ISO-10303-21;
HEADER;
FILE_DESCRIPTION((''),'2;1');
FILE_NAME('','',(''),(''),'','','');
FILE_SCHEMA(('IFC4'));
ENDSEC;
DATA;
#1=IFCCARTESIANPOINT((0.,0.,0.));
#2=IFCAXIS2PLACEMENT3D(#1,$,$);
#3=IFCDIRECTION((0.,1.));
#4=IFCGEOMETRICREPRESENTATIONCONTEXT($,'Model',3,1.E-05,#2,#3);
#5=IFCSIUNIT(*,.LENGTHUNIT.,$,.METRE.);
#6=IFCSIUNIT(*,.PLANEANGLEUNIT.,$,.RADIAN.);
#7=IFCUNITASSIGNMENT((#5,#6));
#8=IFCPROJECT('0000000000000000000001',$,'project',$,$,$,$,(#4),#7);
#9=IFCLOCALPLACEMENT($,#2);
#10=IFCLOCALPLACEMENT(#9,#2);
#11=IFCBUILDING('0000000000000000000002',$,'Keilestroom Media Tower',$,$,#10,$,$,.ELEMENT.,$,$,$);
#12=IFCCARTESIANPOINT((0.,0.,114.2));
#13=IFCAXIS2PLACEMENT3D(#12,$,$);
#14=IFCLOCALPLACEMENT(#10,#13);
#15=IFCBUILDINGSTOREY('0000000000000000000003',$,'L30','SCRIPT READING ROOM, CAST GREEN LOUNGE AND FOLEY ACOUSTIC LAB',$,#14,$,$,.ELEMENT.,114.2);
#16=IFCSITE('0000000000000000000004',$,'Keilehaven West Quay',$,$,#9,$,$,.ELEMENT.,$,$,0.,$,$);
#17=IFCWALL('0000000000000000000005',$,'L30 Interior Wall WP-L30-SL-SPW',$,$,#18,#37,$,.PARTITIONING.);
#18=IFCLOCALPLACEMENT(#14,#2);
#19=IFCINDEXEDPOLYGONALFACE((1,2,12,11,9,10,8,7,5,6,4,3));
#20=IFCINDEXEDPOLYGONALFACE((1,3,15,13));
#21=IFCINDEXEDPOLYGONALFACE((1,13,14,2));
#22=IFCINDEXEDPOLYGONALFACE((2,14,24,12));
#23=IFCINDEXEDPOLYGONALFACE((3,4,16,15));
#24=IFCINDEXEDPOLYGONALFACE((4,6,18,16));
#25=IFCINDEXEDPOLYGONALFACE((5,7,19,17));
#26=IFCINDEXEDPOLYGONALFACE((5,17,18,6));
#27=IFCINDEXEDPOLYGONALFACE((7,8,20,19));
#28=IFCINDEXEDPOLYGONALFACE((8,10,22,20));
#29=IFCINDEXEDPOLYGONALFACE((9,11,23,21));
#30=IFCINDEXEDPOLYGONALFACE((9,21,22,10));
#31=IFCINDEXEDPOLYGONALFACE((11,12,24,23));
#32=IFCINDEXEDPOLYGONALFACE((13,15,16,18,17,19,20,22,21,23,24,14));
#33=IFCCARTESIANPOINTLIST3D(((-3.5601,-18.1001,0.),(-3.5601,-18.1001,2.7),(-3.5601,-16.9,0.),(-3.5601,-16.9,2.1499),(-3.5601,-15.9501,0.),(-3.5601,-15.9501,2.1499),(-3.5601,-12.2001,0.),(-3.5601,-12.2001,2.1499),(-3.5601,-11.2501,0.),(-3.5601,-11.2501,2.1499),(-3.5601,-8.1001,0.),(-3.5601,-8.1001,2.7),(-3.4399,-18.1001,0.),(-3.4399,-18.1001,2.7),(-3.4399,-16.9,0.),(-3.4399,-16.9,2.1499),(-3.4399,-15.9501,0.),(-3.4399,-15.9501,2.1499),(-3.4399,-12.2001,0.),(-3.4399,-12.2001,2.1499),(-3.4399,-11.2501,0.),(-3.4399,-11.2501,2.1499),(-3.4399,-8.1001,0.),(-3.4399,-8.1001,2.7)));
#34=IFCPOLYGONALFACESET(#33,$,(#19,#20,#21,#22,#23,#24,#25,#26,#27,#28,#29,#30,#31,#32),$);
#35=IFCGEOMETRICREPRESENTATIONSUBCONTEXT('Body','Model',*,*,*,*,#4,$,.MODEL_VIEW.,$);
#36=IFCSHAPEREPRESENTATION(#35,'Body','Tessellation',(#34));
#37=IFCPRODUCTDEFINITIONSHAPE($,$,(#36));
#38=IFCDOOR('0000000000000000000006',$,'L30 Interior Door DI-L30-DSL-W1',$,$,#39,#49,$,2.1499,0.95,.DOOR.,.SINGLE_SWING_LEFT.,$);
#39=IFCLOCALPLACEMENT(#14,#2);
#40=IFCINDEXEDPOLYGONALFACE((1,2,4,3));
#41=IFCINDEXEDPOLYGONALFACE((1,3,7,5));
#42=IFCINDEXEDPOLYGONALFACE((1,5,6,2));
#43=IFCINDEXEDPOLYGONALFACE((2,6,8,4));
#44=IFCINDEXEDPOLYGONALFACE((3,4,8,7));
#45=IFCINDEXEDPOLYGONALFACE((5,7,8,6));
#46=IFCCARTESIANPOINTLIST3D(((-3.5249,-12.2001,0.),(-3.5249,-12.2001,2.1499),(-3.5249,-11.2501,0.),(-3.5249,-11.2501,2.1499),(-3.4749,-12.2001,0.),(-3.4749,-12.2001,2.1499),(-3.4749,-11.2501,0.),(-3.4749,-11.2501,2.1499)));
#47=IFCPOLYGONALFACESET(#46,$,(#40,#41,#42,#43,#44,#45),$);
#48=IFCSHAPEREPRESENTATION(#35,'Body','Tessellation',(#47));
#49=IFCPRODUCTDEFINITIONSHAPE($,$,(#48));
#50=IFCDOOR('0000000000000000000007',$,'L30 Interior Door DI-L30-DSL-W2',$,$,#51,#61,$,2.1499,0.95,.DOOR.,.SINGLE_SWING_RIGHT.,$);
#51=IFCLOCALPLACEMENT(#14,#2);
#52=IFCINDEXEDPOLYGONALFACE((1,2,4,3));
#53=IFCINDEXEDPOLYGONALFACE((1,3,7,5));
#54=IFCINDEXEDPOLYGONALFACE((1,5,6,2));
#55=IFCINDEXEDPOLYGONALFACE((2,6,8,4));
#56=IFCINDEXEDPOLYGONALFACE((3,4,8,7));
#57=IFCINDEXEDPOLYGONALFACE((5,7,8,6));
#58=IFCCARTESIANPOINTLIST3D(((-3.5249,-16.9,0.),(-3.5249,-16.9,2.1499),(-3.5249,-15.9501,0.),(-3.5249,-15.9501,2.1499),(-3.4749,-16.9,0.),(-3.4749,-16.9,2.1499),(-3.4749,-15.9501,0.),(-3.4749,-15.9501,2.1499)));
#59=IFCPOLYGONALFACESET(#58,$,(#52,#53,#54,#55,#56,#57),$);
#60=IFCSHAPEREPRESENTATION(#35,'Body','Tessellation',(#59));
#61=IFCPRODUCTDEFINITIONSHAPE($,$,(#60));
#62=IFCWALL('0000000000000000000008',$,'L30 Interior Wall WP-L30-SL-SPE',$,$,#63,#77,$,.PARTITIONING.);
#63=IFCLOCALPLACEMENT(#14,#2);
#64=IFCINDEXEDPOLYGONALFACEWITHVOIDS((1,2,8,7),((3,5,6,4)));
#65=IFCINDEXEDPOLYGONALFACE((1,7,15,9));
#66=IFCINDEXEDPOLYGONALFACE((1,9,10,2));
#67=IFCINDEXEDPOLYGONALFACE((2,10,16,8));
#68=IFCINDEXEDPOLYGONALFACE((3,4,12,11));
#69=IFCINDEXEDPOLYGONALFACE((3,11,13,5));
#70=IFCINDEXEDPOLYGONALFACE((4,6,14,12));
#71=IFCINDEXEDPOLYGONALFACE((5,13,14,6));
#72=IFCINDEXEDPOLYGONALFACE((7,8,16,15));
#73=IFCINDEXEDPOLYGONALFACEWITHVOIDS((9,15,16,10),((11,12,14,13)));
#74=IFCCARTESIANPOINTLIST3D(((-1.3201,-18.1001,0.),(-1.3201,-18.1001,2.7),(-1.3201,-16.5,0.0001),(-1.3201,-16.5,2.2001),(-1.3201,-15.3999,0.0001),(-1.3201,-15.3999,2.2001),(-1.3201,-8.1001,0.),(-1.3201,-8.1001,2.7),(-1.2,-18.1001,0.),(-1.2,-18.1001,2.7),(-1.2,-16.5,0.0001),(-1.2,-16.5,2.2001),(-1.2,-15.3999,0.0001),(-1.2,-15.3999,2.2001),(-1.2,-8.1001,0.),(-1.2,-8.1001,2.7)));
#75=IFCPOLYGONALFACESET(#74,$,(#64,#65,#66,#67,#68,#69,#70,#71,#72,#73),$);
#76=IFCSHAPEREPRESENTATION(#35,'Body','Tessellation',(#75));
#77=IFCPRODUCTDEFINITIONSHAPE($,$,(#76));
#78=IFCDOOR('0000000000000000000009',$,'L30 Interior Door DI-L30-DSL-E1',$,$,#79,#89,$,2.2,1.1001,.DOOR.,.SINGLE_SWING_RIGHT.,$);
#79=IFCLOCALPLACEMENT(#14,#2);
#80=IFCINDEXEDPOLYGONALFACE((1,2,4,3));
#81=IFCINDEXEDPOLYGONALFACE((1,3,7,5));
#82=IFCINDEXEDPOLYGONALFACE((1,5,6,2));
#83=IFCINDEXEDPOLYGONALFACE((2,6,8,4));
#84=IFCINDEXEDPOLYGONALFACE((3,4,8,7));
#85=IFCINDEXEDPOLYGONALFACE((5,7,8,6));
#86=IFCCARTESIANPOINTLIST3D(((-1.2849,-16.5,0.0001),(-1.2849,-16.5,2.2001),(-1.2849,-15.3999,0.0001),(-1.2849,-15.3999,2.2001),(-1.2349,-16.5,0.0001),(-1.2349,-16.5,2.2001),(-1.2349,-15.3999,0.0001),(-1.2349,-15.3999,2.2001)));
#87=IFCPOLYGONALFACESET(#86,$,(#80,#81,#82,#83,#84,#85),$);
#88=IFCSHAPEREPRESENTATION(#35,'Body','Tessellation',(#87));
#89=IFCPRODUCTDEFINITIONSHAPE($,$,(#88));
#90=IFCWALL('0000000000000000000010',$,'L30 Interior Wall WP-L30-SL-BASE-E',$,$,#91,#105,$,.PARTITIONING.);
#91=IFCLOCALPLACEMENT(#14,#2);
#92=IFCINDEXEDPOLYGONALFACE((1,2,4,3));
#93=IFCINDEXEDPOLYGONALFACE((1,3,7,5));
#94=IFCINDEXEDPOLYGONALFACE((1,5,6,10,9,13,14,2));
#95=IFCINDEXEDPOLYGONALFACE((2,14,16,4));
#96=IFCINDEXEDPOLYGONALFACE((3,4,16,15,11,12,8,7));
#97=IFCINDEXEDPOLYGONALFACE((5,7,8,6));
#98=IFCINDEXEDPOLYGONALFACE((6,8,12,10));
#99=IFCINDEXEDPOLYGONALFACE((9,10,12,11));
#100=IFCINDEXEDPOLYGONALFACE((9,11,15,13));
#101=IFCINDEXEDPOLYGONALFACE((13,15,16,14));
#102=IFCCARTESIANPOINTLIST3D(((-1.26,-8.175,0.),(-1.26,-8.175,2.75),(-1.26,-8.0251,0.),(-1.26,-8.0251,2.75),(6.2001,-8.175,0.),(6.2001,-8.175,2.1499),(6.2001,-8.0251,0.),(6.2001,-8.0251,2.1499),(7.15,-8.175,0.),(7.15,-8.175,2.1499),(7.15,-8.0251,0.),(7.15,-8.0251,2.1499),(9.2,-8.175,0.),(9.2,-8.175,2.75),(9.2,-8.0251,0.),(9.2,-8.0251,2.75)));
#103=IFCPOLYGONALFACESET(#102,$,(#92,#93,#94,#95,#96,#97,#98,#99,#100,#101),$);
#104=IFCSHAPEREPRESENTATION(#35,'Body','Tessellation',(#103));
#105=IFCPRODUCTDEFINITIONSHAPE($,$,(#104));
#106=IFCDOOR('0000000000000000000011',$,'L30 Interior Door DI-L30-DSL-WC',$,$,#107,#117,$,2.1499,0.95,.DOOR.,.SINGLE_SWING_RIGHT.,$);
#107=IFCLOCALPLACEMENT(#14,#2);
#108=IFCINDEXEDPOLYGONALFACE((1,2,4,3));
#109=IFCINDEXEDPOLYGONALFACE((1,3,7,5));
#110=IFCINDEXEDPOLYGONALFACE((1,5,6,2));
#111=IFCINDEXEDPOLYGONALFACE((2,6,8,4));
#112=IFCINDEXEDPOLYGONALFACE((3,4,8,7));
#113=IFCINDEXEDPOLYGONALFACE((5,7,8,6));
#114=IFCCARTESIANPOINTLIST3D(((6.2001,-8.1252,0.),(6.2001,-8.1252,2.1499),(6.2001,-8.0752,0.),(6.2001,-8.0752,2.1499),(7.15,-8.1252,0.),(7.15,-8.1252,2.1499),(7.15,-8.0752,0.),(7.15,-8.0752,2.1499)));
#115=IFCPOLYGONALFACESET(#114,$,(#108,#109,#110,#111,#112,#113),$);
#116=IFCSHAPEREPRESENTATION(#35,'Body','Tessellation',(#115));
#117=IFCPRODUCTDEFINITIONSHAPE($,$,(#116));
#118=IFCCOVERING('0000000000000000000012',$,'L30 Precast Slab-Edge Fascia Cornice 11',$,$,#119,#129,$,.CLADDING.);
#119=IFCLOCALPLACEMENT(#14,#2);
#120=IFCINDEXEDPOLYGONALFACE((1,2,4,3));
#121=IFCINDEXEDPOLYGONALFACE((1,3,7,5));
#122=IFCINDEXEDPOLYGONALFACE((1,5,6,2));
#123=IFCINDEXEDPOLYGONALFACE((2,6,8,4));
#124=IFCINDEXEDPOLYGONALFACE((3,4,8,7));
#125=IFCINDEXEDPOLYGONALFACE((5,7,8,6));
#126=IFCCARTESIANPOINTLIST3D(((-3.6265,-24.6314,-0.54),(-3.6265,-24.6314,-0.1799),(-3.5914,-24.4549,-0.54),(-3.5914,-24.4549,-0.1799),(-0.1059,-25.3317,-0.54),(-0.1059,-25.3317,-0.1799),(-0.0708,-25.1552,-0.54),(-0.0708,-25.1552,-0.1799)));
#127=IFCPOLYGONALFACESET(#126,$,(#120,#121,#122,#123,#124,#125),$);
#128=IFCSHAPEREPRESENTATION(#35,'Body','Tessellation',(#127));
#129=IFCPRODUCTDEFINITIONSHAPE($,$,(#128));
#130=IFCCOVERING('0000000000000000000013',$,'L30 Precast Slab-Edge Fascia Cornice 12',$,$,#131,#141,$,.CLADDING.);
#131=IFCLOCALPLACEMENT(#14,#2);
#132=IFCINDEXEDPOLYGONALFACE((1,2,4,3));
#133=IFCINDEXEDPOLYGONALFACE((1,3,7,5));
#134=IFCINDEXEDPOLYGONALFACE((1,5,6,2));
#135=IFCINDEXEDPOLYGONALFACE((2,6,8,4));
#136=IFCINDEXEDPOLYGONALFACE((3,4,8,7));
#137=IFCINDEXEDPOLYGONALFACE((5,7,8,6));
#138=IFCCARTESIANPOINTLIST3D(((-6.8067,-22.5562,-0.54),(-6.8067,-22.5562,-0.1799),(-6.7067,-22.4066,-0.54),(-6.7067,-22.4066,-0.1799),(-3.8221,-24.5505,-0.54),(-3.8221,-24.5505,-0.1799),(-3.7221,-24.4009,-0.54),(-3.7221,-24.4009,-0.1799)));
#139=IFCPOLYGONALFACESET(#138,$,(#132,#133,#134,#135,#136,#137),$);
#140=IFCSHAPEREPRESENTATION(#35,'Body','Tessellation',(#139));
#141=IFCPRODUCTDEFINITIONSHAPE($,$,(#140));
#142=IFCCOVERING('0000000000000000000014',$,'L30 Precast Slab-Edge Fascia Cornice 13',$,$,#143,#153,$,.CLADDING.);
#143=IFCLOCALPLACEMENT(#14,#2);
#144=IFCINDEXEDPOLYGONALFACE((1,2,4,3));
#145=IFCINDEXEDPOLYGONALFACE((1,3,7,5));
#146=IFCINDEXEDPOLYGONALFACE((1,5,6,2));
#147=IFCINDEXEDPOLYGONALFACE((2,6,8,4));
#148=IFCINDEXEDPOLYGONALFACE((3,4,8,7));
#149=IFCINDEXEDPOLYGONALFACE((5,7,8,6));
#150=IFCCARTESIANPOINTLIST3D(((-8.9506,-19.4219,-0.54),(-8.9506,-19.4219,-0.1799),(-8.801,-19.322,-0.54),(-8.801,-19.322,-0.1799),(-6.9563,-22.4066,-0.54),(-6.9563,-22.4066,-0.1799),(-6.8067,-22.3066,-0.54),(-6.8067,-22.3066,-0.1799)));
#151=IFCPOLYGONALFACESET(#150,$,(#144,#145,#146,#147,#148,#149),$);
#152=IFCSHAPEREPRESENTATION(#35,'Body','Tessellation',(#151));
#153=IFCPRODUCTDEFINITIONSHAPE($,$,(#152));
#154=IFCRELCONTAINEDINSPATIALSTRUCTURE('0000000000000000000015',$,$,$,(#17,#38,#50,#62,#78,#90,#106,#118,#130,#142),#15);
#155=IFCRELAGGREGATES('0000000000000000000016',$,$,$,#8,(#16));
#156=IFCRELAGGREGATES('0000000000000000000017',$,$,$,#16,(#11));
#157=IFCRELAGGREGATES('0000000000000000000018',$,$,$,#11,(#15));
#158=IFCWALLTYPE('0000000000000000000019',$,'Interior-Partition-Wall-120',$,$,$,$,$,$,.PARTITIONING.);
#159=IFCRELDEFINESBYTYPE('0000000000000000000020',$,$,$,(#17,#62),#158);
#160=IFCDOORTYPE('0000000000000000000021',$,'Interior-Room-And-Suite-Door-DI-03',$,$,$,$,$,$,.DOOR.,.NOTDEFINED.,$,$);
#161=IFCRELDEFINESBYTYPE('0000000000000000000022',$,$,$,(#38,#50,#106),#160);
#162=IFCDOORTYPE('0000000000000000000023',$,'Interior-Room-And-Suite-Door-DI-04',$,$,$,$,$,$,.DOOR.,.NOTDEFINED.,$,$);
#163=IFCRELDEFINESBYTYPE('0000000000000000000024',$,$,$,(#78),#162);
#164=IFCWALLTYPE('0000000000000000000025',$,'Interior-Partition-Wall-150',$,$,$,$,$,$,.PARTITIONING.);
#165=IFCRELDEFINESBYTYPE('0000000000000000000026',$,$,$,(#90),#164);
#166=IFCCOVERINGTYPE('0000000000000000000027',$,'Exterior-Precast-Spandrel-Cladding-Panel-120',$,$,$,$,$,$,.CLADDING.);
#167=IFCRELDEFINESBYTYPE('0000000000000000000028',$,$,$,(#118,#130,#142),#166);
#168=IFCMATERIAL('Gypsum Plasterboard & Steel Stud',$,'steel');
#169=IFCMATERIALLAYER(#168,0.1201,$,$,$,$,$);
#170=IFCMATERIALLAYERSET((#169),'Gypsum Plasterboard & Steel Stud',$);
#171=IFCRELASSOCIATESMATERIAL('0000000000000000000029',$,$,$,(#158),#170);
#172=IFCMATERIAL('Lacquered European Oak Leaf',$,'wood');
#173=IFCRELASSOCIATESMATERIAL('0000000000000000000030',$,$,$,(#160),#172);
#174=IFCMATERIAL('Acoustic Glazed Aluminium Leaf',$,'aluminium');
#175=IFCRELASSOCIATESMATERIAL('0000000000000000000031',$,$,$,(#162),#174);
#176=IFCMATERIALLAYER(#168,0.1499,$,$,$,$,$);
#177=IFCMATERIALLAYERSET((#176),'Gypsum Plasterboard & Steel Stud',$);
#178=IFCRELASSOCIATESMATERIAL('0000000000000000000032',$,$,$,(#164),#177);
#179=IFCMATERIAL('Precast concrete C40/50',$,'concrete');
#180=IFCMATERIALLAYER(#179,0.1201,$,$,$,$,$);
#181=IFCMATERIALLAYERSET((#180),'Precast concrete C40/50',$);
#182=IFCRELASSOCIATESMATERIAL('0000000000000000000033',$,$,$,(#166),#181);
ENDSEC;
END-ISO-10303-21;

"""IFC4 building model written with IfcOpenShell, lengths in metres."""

from ifc_helpers import new_model, si_unit, direction, frame, frame_2d, origin, origin_2d, place, context, subcontext, project, spatial, rectangle, extrude, source, transform, mapped, material, layer, layer_set, type_object, element, fill, save


model = new_model("IFC4")

# Units and contexts
model_context = context("Model", 3, precision=1e-05, world=origin(), true_north=direction((0.0, 1.0)))
body_context = subcontext(model_context, "Body", "Model", "MODEL_VIEW")
ifc_project = project(units=[si_unit("LENGTHUNIT", "METRE"), si_unit("PLANEANGLEUNIT", "RADIAN")], contexts=[model_context])

# Site, building, storey
site_placement = place(None, origin())
site = spatial("IfcSite", under=ifc_project, at=site_placement, Name="Keilehaven West Quay", CompositionType="ELEMENT", RefElevation=0.0)
building_placement = place(site_placement, origin())
building = spatial("IfcBuilding", under=site, at=building_placement, Name="Keilestroom Media Tower", CompositionType="ELEMENT")
storey_placement = place(building_placement, frame((0.0, 0.0, 114.2)))
storey = spatial("IfcBuildingStorey", under=building, at=storey_placement, Name="L30", Description="SCRIPT READING ROOM, CAST GREEN LOUNGE AND FOLEY ACOUSTIC LAB", CompositionType="ELEMENT", Elevation=114.2)

# Shared definitions
ifc_material_1 = material(Name="Precast concrete C40/50", Category="concrete")

# Wall, openings, doors
ifc_material_2 = material(Name="Gypsum Plasterboard & Steel Stud", Category="steel")
ifc_layer_1 = layer(ifc_material_2, 0.1201)
ifc_layer_set_1 = layer_set([ifc_layer_1], Name="Gypsum Plasterboard & Steel Stud")
wall_type_1 = type_object("IfcWallType", Name="Interior-Partition-Wall-120", PredefinedType="PARTITIONING", material=ifc_layer_set_1)
wall_1_placement = place(storey_placement, frame((-3.5, -18.1001, 0.0), z_axis=(0.0, 0.0, 1.0), x_axis=(0.0, 1.0, 0.0)))
wall_1 = element("IfcWall", 1, at=wall_1_placement, inside=storey, type_object=wall_type_1, Name="L30 Interior Wall WP-L30-SL-SPW", PredefinedType="PARTITIONING", context=body_context, shape_type="SweptSolid", body=[
    extrude(rectangle(XDim=10.0, YDim=0.1201, at=frame_2d((5.0, 0.0))), origin(), (0.0, 0.0, 1.0), 2.7),
])
opening_1_placement = place(wall_1_placement, frame((5.8999, 0.0, 0.0)))
opening_1 = element("IfcOpeningElement", 2, at=opening_1_placement, cuts=wall_1, PredefinedType="OPENING", context=body_context, shape_type="SweptSolid", body=[
    extrude(rectangle(XDim=0.95, YDim=2.1499, at=frame_2d((0.4751, 1.075))), frame((0.0, 0.0701, 0.0), z_axis=(0.0, -1.0, 0.0), x_axis=(1.0, 0.0, 0.0)), (0.0, 0.0, 1.0), 0.1401),
])
opening_2_placement = place(wall_1_placement, frame((1.2, 0.0, 0.0)))
opening_2 = element("IfcOpeningElement", 3, at=opening_2_placement, cuts=wall_1, PredefinedType="OPENING", context=body_context, shape_type="SweptSolid", body=[
    extrude(rectangle(XDim=0.95, YDim=2.1499, at=frame_2d((0.4751, 1.075))), frame((0.0, 0.0701, 0.0), z_axis=(0.0, -1.0, 0.0), x_axis=(1.0, 0.0, 0.0)), (0.0, 0.0, 1.0), 0.1401),
])
ifc_material_3 = material(Name="Lacquered European Oak Leaf", Category="wood")
door_type_1 = type_object("IfcDoorType", Name="Interior-Room-And-Suite-Door-DI-03", OperationType="NOTDEFINED", PredefinedType="DOOR", material=ifc_material_3)
shared_shape_1 = source(origin(), body_context, "Body", "SweptSolid", [
    extrude(rectangle(XDim=0.95, YDim=2.1499, at=frame_2d((0.4751, 1.075))), frame((0.0, 0.0249, 0.0), z_axis=(0.0, -1.0, 0.0), x_axis=(1.0, 0.0, 0.0)), (0.0, 0.0, 1.0), 0.05),
])
door_1_placement = place(opening_1_placement, origin())
door_1 = element("IfcDoor", 4, at=door_1_placement, inside=storey, type_object=door_type_1, Name="L30 Interior Door DI-L30-DSL-W1", OperationType="SINGLE_SWING_LEFT", OverallHeight=2.1499, OverallWidth=0.95, PredefinedType="DOOR", context=body_context, shape_type="MappedRepresentation", body=[
    mapped(shared_shape_1, transform((0.0, 0.0, 0.0), x_axis=(1.0, 0.0, 0.0), y_axis=(0.0, 1.0, 0.0), z_axis=(0.0, 0.0, 1.0), scale=1.0)),
])
fill(opening_1, door_1)
door_2_placement = place(opening_2_placement, origin())
door_2 = element("IfcDoor", 5, at=door_2_placement, inside=storey, type_object=door_type_1, Name="L30 Interior Door DI-L30-DSL-W2", OperationType="SINGLE_SWING_RIGHT", OverallHeight=2.1499, OverallWidth=0.95, PredefinedType="DOOR", context=body_context, shape_type="MappedRepresentation", body=[
    mapped(shared_shape_1, transform((0.0, 0.0, 0.0), x_axis=(1.0, 0.0, 0.0), y_axis=(0.0, 1.0, 0.0), z_axis=(0.0, 0.0, 1.0), scale=1.0)),
])
fill(opening_2, door_2)

# Walls, openings, doors
wall_2_placement = place(storey_placement, frame((-1.26, -18.1001, 0.0), z_axis=(0.0, 0.0, 1.0), x_axis=(0.0, 1.0, 0.0)))
wall_2 = element("IfcWall", 6, at=wall_2_placement, inside=storey, type_object=wall_type_1, Name="L30 Interior Wall WP-L30-SL-SPE", PredefinedType="PARTITIONING", context=body_context, shape_type="SweptSolid", body=[
    extrude(rectangle(XDim=10.0, YDim=0.1201, at=frame_2d((5.0, 0.0))), origin(), (0.0, 0.0, 1.0), 2.7),
])
opening_3_placement = place(wall_2_placement, frame((1.6001, 0.0, 0.0)))
opening_3 = element("IfcOpeningElement", 7, at=opening_3_placement, cuts=wall_2, PredefinedType="OPENING", context=body_context, shape_type="SweptSolid", body=[
    extrude(rectangle(XDim=1.1001, YDim=2.2, at=frame_2d((0.55, 1.1001))), frame((0.0, 0.0701, 0.0), z_axis=(0.0, -1.0, 0.0), x_axis=(1.0, 0.0, 0.0)), (0.0, 0.0, 1.0), 0.1401),
])
ifc_material_4 = material(Name="Acoustic Glazed Aluminium Leaf", Category="aluminium")
door_type_2 = type_object("IfcDoorType", Name="Interior-Room-And-Suite-Door-DI-04", OperationType="NOTDEFINED", PredefinedType="DOOR", material=ifc_material_4)
shared_shape_2 = source(origin(), body_context, "Body", "SweptSolid", [
    extrude(rectangle(XDim=1.1001, YDim=2.2, at=frame_2d((0.55, 1.1001))), frame((0.0, 0.0249, 0.0), z_axis=(0.0, -1.0, 0.0), x_axis=(1.0, 0.0, 0.0)), (0.0, 0.0, 1.0), 0.05),
])
door_3_placement = place(opening_3_placement, origin())
door_3 = element("IfcDoor", 8, at=door_3_placement, inside=storey, type_object=door_type_2, Name="L30 Interior Door DI-L30-DSL-E1", OperationType="SINGLE_SWING_RIGHT", OverallHeight=2.2, OverallWidth=1.1001, PredefinedType="DOOR", context=body_context, shape_type="MappedRepresentation", body=[
    mapped(shared_shape_2, transform((0.0, 0.0, 0.0), x_axis=(1.0, 0.0, 0.0), y_axis=(0.0, 1.0, 0.0), z_axis=(0.0, 0.0, 1.0), scale=1.0)),
])
fill(opening_3, door_3)
ifc_layer_2 = layer(ifc_material_2, 0.1499)
ifc_layer_set_2 = layer_set([ifc_layer_2], Name="Gypsum Plasterboard & Steel Stud")
wall_type_2 = type_object("IfcWallType", Name="Interior-Partition-Wall-150", PredefinedType="PARTITIONING", material=ifc_layer_set_2)
wall_3_placement = place(storey_placement, frame((-1.26, -8.1001, 0.0), z_axis=(0.0, 0.0, 1.0), x_axis=(1.0, 0.0, 0.0)))
wall_3 = element("IfcWall", 9, at=wall_3_placement, inside=storey, type_object=wall_type_2, Name="L30 Interior Wall WP-L30-SL-BASE-E", PredefinedType="PARTITIONING", context=body_context, shape_type="SweptSolid", body=[
    extrude(rectangle(XDim=10.46, YDim=0.1499, at=frame_2d((5.23, 0.0))), origin(), (0.0, 0.0, 1.0), 2.75),
])
opening_4_placement = place(wall_3_placement, frame((7.46, 0.0, 0.0)))
opening_4 = element("IfcOpeningElement", 10, at=opening_4_placement, cuts=wall_3, PredefinedType="OPENING", context=body_context, shape_type="SweptSolid", body=[
    extrude(rectangle(XDim=0.95, YDim=2.1499, at=frame_2d((0.4751, 1.075))), frame((0.0, 0.085, 0.0), z_axis=(0.0, -1.0, 0.0), x_axis=(1.0, 0.0, 0.0)), (0.0, 0.0, 1.0), 0.1699),
])
door_4_placement = place(opening_4_placement, origin())
door_4 = element("IfcDoor", 11, at=door_4_placement, inside=storey, type_object=door_type_1, Name="L30 Interior Door DI-L30-DSL-WC", OperationType="SINGLE_SWING_RIGHT", OverallHeight=2.1499, OverallWidth=0.95, PredefinedType="DOOR", context=body_context, shape_type="MappedRepresentation", body=[
    mapped(shared_shape_1, transform((0.0, 0.0, 0.0), x_axis=(1.0, 0.0, 0.0), y_axis=(0.0, 1.0, 0.0), z_axis=(0.0, 0.0, 1.0), scale=1.0)),
])
fill(opening_4, door_4)

# Coverings
ifc_layer_3 = layer(ifc_material_1, 0.1201)
ifc_layer_set_3 = layer_set([ifc_layer_3], Name="Precast concrete C40/50")
covering_type = type_object("IfcCoveringType", Name="Exterior-Precast-Spandrel-Cladding-Panel-120", PredefinedType="CLADDING", material=ifc_layer_set_3)
shared_shape_3 = source(origin(), body_context, "Body", "SweptSolid", [
    extrude(rectangle(XDim=3.5896, YDim=0.1799, at=origin_2d()), origin(), (0.0, 0.0, 1.0), 0.3601),
])
for number, where, z_axis, x_axis, name in (
    (12, (-1.8486, -24.8933, -0.54), (0.0, 0.0, 1.0), (-0.980784, 0.195099, 0.0), "L30 Precast Slab-Edge Fascia Cornice 11"),
    (13, (-5.2644, -23.4785, -0.54), (0.0, 0.0, 1.0), (-0.831467, 0.555575, 0.0), "L30 Precast Slab-Edge Fascia Cornice 12"),
    (14, (-7.8787, -20.8643, -0.54), (0.0, 0.0, 1.0), (-0.555575, 0.831467, 0.0), "L30 Precast Slab-Edge Fascia Cornice 13"),
):
    element("IfcCovering", number, at=place(storey_placement, frame(where, z_axis=z_axis, x_axis=x_axis)), inside=storey, type_object=covering_type, Name=name, PredefinedType="CLADDING", context=body_context, shape_type="MappedRepresentation", body=[
        mapped(shared_shape_3, transform((0.0, 0.0, 0.0), x_axis=(1.0, 0.0, 0.0), y_axis=(0.0, 1.0, 0.0), z_axis=(0.0, 0.0, 1.0), scale=1.0)),
    ])

save(model, "model.ifc")
